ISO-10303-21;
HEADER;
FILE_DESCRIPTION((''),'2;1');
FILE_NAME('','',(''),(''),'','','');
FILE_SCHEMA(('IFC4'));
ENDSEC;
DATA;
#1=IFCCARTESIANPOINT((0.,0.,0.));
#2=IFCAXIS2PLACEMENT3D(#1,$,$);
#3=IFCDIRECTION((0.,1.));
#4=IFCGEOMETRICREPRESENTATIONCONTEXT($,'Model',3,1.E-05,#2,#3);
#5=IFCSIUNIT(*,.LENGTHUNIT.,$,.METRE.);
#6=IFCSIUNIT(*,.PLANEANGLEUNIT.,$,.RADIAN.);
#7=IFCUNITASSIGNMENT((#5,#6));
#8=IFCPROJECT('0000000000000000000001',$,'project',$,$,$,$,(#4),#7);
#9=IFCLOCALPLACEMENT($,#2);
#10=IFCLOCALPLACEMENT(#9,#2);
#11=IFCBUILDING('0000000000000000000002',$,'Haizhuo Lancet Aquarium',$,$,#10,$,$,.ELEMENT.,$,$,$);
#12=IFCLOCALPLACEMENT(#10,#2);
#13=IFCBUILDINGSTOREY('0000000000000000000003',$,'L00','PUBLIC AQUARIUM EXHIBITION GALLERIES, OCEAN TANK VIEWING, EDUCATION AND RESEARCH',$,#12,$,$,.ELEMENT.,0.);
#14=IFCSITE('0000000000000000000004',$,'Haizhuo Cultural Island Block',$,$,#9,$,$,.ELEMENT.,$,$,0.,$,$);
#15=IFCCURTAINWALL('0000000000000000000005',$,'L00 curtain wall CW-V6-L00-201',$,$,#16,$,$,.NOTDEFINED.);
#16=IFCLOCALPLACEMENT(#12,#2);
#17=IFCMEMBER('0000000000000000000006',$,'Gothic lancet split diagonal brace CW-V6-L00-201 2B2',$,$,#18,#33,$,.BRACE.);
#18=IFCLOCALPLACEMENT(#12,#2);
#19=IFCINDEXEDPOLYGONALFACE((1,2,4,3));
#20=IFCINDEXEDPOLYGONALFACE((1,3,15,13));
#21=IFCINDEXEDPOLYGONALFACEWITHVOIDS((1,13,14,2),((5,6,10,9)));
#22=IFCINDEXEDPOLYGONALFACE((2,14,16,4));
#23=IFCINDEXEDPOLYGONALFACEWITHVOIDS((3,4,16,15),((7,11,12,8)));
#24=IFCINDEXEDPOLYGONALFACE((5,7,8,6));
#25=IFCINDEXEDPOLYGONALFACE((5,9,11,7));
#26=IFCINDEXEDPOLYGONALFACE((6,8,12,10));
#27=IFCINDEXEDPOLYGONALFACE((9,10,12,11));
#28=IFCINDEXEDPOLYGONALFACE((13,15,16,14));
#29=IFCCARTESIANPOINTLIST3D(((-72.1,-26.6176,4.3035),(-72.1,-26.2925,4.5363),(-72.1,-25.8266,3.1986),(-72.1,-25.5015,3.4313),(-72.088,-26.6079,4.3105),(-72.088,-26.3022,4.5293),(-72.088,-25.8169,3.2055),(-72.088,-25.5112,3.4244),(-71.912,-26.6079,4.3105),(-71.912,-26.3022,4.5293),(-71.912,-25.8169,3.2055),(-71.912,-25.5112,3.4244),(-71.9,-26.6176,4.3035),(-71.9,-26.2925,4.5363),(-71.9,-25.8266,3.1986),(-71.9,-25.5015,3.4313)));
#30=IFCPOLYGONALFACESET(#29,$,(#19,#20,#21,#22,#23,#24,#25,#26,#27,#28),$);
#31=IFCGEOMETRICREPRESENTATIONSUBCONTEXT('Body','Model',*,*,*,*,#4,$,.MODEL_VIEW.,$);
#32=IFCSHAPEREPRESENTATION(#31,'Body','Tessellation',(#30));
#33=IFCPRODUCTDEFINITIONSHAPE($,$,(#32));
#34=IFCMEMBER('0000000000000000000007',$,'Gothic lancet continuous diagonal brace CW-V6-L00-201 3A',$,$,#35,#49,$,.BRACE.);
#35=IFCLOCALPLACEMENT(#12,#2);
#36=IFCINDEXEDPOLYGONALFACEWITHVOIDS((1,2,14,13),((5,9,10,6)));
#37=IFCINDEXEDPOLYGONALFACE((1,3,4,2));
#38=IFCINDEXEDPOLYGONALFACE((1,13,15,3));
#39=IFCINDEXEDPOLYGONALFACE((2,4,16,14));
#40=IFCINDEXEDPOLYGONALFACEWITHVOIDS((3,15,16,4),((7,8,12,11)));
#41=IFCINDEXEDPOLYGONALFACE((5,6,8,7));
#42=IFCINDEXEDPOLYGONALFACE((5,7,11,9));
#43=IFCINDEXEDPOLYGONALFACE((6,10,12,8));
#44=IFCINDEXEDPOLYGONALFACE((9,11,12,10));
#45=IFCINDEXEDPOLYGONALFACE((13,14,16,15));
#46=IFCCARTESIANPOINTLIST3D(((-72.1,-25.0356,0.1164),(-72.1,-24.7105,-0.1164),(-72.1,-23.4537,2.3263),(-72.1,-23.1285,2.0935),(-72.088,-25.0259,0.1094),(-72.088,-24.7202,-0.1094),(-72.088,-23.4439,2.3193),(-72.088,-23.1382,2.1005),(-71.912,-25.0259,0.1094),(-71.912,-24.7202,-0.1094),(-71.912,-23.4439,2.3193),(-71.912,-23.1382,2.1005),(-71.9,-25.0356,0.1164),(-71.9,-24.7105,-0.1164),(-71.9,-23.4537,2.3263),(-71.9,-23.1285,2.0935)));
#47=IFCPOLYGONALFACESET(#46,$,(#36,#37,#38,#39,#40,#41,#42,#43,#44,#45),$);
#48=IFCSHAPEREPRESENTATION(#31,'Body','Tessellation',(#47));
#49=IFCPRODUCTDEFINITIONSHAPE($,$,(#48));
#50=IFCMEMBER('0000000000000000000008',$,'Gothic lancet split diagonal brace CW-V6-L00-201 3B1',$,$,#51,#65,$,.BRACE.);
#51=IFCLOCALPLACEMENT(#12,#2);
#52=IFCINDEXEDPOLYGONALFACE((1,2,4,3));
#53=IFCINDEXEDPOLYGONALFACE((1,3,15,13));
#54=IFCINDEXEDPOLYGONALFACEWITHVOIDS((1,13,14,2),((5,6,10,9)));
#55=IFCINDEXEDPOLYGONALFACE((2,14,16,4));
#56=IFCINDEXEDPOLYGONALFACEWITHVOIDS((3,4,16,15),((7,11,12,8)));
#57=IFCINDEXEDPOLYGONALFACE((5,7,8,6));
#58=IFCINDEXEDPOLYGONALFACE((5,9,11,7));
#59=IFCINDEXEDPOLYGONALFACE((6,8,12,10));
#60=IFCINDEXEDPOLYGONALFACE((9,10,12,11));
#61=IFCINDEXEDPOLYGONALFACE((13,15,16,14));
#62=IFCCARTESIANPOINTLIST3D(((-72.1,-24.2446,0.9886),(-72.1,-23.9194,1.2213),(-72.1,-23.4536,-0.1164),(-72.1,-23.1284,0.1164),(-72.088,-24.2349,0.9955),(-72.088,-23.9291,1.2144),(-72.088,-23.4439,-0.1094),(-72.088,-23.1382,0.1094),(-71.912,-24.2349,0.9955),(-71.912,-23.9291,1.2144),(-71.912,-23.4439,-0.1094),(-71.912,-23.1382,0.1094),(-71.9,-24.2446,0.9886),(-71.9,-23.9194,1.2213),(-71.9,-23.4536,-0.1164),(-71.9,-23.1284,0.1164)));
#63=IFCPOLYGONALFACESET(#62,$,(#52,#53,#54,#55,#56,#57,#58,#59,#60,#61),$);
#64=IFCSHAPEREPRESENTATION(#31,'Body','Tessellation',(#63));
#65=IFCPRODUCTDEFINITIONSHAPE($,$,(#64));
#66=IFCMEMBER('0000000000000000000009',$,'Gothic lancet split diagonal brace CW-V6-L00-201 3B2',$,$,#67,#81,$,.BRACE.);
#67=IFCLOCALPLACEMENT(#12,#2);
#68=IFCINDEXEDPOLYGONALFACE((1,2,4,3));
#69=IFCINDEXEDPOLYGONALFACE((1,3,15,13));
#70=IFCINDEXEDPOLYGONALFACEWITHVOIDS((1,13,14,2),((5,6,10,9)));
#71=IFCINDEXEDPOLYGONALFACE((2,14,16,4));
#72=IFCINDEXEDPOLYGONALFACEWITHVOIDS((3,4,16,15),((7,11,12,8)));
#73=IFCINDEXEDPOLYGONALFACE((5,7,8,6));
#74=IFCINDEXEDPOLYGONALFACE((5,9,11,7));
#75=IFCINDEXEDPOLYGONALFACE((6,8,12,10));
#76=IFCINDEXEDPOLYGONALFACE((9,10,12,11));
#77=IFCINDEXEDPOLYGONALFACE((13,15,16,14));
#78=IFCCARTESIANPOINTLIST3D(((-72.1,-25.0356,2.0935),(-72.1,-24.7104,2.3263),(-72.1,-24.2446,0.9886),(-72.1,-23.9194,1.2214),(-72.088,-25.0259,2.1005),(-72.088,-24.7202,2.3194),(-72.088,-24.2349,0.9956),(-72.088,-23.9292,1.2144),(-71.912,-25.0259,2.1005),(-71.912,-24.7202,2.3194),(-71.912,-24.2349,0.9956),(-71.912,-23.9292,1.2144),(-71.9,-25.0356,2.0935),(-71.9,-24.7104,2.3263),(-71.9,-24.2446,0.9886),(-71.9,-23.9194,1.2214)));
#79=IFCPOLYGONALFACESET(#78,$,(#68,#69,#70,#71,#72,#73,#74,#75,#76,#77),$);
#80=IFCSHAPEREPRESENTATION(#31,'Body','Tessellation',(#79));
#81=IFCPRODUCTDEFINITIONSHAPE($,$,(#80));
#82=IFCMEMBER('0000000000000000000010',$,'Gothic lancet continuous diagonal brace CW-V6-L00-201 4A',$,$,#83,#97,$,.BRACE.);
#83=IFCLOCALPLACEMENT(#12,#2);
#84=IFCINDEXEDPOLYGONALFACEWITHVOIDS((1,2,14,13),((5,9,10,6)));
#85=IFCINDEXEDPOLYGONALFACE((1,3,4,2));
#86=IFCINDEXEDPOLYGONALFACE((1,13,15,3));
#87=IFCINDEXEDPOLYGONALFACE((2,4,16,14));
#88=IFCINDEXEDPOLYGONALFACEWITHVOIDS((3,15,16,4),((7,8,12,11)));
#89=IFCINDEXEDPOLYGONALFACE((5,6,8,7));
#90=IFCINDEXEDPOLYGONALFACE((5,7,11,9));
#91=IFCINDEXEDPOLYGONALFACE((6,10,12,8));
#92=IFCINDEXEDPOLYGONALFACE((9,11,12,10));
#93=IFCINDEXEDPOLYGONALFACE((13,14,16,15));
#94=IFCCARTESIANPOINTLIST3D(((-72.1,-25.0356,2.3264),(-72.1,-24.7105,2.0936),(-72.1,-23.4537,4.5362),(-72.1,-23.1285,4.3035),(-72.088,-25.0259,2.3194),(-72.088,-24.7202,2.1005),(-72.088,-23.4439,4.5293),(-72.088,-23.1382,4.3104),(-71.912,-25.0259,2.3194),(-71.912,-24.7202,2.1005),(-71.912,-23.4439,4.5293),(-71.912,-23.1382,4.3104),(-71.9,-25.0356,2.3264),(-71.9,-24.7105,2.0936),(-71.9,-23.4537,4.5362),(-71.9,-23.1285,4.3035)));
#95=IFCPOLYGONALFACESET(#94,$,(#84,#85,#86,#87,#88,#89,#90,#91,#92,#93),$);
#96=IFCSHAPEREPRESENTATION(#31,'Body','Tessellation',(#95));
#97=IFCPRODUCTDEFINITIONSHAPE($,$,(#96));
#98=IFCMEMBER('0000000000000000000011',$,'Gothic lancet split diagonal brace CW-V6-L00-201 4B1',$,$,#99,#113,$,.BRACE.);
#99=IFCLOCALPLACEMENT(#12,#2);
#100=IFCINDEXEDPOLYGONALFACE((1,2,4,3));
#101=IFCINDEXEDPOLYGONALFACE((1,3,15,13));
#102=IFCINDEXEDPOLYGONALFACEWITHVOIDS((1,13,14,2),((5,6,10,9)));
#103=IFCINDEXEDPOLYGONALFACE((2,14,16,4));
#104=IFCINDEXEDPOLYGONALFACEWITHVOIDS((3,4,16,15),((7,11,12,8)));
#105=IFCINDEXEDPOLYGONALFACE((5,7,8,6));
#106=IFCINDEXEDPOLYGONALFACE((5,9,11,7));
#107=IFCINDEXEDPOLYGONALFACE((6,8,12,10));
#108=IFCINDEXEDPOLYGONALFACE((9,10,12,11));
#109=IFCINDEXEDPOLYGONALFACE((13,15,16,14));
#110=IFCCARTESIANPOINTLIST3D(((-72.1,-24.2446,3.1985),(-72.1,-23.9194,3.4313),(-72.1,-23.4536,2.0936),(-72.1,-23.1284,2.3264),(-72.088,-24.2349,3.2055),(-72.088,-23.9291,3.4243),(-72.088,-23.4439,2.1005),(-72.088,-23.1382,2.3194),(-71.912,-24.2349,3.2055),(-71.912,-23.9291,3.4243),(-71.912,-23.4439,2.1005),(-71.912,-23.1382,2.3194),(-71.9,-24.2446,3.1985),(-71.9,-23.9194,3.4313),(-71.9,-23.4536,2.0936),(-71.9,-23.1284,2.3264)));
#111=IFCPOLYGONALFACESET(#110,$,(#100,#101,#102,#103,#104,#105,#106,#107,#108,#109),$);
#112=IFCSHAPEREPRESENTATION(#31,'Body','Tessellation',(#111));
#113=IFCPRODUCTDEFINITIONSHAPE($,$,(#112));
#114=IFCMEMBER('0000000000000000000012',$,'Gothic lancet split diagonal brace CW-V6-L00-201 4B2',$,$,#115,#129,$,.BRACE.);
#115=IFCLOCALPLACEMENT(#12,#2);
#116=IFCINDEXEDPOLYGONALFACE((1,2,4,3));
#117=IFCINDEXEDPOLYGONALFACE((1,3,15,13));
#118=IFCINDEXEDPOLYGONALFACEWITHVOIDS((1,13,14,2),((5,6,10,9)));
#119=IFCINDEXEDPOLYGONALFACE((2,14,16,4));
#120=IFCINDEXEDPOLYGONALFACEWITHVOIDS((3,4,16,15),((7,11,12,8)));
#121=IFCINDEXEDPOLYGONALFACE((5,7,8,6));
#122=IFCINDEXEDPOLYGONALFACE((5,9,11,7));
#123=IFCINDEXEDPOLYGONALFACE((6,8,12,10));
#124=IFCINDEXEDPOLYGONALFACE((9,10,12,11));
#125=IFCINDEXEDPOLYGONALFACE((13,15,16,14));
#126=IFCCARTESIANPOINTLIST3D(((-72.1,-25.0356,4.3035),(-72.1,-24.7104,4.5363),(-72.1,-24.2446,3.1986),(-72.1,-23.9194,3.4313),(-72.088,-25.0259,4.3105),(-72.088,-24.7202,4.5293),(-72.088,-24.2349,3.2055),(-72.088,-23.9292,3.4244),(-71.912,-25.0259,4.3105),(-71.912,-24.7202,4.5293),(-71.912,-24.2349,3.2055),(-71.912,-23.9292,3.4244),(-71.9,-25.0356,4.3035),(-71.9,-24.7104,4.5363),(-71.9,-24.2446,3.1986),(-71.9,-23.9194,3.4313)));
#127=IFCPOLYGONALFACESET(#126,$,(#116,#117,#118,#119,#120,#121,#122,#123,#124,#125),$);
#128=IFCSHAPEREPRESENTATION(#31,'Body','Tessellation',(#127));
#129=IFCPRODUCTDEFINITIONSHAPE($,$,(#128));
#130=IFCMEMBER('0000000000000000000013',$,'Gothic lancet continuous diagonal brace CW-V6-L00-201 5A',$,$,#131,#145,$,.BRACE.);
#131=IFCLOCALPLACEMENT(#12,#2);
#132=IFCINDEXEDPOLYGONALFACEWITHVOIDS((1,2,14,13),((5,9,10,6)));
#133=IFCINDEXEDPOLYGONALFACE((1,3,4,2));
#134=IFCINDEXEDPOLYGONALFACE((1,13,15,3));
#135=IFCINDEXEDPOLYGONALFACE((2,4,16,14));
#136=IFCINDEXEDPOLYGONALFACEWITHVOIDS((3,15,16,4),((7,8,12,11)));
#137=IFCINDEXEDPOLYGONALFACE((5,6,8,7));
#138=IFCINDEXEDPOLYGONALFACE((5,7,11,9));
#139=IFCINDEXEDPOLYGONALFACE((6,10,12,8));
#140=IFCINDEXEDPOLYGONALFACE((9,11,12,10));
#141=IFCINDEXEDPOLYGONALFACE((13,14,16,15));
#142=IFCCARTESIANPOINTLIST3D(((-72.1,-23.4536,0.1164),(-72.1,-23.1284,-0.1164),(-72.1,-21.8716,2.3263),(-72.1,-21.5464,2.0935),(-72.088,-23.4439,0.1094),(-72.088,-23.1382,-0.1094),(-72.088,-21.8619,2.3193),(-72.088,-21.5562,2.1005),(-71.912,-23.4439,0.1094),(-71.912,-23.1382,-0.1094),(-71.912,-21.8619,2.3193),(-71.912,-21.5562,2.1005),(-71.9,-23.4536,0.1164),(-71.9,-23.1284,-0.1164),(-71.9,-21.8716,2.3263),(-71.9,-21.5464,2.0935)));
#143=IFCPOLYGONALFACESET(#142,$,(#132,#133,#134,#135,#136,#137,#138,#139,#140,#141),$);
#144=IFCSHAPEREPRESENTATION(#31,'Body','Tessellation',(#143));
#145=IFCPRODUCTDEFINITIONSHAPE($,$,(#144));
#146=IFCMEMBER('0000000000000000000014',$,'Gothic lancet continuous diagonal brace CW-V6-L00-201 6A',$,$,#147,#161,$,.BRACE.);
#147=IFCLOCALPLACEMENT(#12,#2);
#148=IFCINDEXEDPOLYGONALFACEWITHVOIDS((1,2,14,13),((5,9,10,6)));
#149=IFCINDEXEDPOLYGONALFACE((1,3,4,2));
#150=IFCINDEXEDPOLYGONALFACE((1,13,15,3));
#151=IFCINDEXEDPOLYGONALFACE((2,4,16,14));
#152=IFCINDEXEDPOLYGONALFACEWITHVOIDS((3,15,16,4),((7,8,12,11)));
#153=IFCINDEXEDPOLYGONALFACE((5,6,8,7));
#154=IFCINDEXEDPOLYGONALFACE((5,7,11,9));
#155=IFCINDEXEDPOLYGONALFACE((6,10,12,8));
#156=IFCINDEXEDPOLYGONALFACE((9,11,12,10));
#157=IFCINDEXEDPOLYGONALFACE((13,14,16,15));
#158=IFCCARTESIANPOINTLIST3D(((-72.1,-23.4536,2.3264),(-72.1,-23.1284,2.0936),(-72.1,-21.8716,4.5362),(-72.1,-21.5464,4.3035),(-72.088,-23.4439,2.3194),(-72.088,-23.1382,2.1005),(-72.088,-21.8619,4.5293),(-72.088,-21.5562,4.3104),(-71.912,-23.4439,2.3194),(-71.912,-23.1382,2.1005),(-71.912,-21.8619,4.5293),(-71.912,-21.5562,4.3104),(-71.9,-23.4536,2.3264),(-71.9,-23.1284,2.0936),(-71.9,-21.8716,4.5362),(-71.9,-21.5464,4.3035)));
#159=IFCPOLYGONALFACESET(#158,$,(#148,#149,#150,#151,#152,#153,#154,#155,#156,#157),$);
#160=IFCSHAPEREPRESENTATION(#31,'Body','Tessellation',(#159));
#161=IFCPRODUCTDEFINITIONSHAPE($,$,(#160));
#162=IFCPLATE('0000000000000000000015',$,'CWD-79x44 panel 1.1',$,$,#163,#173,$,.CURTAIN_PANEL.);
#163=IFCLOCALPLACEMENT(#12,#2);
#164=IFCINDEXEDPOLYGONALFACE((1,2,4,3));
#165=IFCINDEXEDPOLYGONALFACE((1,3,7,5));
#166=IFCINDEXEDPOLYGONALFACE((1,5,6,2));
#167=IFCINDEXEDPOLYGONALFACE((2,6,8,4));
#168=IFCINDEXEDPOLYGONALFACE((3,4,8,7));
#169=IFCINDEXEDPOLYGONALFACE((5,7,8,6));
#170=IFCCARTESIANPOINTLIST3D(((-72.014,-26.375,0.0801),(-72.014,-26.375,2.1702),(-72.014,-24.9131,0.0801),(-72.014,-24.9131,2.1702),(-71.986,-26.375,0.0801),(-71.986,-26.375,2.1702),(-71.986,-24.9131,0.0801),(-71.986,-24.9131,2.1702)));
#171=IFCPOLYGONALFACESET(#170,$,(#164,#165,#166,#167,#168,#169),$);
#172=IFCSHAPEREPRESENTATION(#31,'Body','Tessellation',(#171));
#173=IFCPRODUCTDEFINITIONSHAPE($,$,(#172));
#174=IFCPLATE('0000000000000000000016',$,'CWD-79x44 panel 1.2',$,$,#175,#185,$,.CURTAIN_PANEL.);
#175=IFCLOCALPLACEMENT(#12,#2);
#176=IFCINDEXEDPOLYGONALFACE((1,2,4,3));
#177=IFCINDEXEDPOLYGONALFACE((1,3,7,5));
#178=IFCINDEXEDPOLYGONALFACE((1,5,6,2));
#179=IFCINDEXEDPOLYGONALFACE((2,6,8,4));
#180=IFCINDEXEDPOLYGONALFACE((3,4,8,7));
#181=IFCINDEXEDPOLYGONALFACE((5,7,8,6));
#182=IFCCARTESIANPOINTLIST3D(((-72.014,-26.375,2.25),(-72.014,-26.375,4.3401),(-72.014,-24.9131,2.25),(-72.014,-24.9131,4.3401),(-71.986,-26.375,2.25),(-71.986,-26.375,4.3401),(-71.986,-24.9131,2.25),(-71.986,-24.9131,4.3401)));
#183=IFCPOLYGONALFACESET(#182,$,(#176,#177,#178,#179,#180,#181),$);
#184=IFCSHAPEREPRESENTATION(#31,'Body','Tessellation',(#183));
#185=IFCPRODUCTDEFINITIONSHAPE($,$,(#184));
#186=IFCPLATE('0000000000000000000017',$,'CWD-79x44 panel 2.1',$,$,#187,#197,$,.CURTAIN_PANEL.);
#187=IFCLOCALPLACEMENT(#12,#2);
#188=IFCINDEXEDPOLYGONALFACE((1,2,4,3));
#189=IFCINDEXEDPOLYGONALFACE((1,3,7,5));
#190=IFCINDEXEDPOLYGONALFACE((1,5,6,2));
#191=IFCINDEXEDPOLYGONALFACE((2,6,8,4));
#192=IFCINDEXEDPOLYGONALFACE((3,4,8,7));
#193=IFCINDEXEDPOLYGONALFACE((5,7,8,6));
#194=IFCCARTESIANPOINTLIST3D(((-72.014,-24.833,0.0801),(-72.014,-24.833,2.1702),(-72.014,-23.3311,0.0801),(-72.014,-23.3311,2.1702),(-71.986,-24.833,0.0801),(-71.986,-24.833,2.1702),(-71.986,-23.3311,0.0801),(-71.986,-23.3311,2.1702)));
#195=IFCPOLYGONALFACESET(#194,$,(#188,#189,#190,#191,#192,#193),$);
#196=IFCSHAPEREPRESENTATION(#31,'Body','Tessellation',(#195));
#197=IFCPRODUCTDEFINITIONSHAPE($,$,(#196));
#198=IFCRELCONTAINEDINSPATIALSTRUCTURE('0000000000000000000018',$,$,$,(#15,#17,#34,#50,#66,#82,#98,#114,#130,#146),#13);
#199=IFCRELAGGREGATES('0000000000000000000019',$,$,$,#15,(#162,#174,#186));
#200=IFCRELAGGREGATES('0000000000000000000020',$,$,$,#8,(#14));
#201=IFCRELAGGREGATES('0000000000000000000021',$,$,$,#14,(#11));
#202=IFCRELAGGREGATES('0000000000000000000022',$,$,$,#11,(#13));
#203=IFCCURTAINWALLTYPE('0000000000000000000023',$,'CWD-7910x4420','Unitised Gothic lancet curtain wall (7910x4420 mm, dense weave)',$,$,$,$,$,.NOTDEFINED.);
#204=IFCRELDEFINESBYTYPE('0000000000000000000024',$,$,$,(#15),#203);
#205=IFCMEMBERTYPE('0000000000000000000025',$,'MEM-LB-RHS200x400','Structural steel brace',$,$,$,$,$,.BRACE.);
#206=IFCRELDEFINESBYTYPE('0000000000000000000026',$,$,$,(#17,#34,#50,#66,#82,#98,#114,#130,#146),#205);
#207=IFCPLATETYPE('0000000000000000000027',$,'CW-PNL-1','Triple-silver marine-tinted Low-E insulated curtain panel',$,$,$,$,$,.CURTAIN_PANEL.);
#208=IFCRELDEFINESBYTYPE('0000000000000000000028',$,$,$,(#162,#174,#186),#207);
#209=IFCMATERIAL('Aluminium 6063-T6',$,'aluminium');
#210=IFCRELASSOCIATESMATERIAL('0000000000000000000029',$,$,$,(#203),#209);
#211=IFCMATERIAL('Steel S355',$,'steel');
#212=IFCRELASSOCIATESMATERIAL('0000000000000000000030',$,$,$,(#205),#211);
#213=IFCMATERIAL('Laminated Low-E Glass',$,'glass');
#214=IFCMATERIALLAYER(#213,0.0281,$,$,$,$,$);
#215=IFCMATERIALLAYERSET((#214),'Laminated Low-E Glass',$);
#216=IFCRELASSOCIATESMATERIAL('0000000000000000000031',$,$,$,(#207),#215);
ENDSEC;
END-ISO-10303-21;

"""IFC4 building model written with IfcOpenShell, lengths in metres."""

from ifc_helpers import new_model, si_unit, direction, frame, origin, origin_2d, place, context, subcontext, project, spatial, rectangle, hollow_rectangle, extrude, material, layer, layer_set, material_profile, profile_set, type_object, element, aggregate, save


model = new_model("IFC4")

# Units and contexts
model_context = context("Model", 3, precision=1e-05, world=origin(), true_north=direction((0.0, 1.0)))
body_context = subcontext(model_context, "Body", "Model", "MODEL_VIEW")
ifc_project = project(units=[si_unit("LENGTHUNIT", "METRE"), si_unit("PLANEANGLEUNIT", "RADIAN")], contexts=[model_context])

# Site, building, storey
site_placement = place(None, origin())
site = spatial("IfcSite", under=ifc_project, at=site_placement, Name="Haizhuo Cultural Island Block", CompositionType="ELEMENT", RefElevation=0.0)
building_placement = place(site_placement, origin())
building = spatial("IfcBuilding", under=site, at=building_placement, Name="Haizhuo Lancet Aquarium", CompositionType="ELEMENT")
storey_placement = place(building_placement, origin())
storey = spatial("IfcBuildingStorey", under=building, at=storey_placement, Name="L00", Description="PUBLIC AQUARIUM EXHIBITION GALLERIES, OCEAN TANK VIEWING, EDUCATION AND RESEARCH", CompositionType="ELEMENT", Elevation=0.0)

# Shared definitions
ifc_material_1 = material(Name="Steel S355", Category="steel")

# Curtain wall
ifc_material_2 = material(Name="Aluminium 6063-T6", Category="aluminium")
curtain_wall_type = type_object("IfcCurtainWallType", Name="CWD-7910x4420", Description="Unitised Gothic lancet curtain wall (7910x4420 mm, dense weave)", PredefinedType="NOTDEFINED", material=ifc_material_2)
curtain_wall_placement = place(storey_placement, origin())
curtain_wall = element("IfcCurtainWall", 1, at=curtain_wall_placement, inside=storey, type_object=curtain_wall_type, Name="L00 curtain wall CW-V6-L00-201", PredefinedType="NOTDEFINED")

# Members
ifc_material_profile_1 = material_profile(ifc_material_1, hollow_rectangle(XDim=0.2, YDim=0.3999, WallThickness=0.012, at=origin_2d()), Name="RHS 200x400x12")
ifc_profile_set_1 = profile_set([ifc_material_profile_1], Name="Steel S355")
member_type_1 = type_object("IfcMemberType", Name="MEM-LB-RHS200x400", Description="Structural steel brace", PredefinedType="BRACE", material=ifc_profile_set_1)
for number, where, z_axis, x_axis, name in (
    (2, (-72.0, -25.6641, 3.3149), (0.0, -0.582088, 0.813126), (1.0, 0.0, 0.0), "Gothic lancet split diagonal brace CW-V6-L00-201 2B2"),
):
    element("IfcMember", number, at=place(storey_placement, frame(where, z_axis=z_axis, x_axis=x_axis)), inside=storey, type_object=member_type_1, Name=name, PredefinedType="BRACE", context=body_context, shape_type="SweptSolid", body=[
        extrude(hollow_rectangle(XDim=0.2, YDim=0.3999, WallThickness=0.012, at=origin_2d()), origin(), (0.0, 0.0, 1.0), 1.3589),
    ])
member_1_placement = place(storey_placement, frame((-72.0, -24.873, 0.0), z_axis=(0.0, 0.582088, 0.813126), x_axis=(-1.0, 0.0, 0.0)))
element("IfcMember", 3, at=member_1_placement, inside=storey, type_object=member_type_1, Name="Gothic lancet continuous diagonal brace CW-V6-L00-201 3A", PredefinedType="BRACE", context=body_context, shape_type="SweptSolid", body=[
    extrude(hollow_rectangle(XDim=0.2, YDim=0.3999, WallThickness=0.012, at=origin_2d()), origin(), (0.0, 0.0, 1.0), 2.7178),
])
for number, where, z_axis, x_axis, name in (
    (4, (-72.0, -23.291, 0.0), (0.0, -0.582088, 0.813126), (1.0, 0.0, 0.0), "Gothic lancet split diagonal brace CW-V6-L00-201 3B1"),
    (5, (-72.0, -24.082, 1.105), (0.0, -0.582088, 0.813126), (1.0, 0.0, 0.0), "Gothic lancet split diagonal brace CW-V6-L00-201 3B2"),
):
    element("IfcMember", number, at=place(storey_placement, frame(where, z_axis=z_axis, x_axis=x_axis)), inside=storey, type_object=member_type_1, Name=name, PredefinedType="BRACE", context=body_context, shape_type="SweptSolid", body=[
        extrude(hollow_rectangle(XDim=0.2, YDim=0.3999, WallThickness=0.012, at=origin_2d()), origin(), (0.0, 0.0, 1.0), 1.3589),
    ])
member_2_placement = place(storey_placement, frame((-72.0, -24.873, 2.21), z_axis=(0.0, 0.582088, 0.813126), x_axis=(-1.0, 0.0, 0.0)))
element("IfcMember", 6, at=member_2_placement, inside=storey, type_object=member_type_1, Name="Gothic lancet continuous diagonal brace CW-V6-L00-201 4A", PredefinedType="BRACE", context=body_context, shape_type="SweptSolid", body=[
    extrude(hollow_rectangle(XDim=0.2, YDim=0.3999, WallThickness=0.012, at=origin_2d()), origin(), (0.0, 0.0, 1.0), 2.7178),
])
for number, where, z_axis, x_axis, name in (
    (7, (-72.0, -23.291, 2.21), (0.0, -0.582088, 0.813126), (1.0, 0.0, 0.0), "Gothic lancet split diagonal brace CW-V6-L00-201 4B1"),
    (8, (-72.0, -24.082, 3.3149), (0.0, -0.582088, 0.813126), (1.0, 0.0, 0.0), "Gothic lancet split diagonal brace CW-V6-L00-201 4B2"),
):
    element("IfcMember", number, at=place(storey_placement, frame(where, z_axis=z_axis, x_axis=x_axis)), inside=storey, type_object=member_type_1, Name=name, PredefinedType="BRACE", context=body_context, shape_type="SweptSolid", body=[
        extrude(hollow_rectangle(XDim=0.2, YDim=0.3999, WallThickness=0.012, at=origin_2d()), origin(), (0.0, 0.0, 1.0), 1.3589),
    ])
for number, where, z_axis, x_axis, name in (
    (9, (-72.0, -23.291, 0.0), (0.0, 0.582088, 0.813126), (-1.0, 0.0, 0.0), "Gothic lancet continuous diagonal brace CW-V6-L00-201 5A"),
    (10, (-72.0, -23.291, 2.21), (0.0, 0.582088, 0.813126), (-1.0, 0.0, 0.0), "Gothic lancet continuous diagonal brace CW-V6-L00-201 6A"),
):
    element("IfcMember", number, at=place(storey_placement, frame(where, z_axis=z_axis, x_axis=x_axis)), inside=storey, type_object=member_type_1, Name=name, PredefinedType="BRACE", context=body_context, shape_type="SweptSolid", body=[
        extrude(hollow_rectangle(XDim=0.2, YDim=0.3999, WallThickness=0.012, at=origin_2d()), origin(), (0.0, 0.0, 1.0), 2.7178),
    ])

# Plates
ifc_material_3 = material(Name="Laminated Low-E Glass", Category="glass")
ifc_layer = layer(ifc_material_3, 0.0281)
ifc_layer_set = layer_set([ifc_layer], Name="Laminated Low-E Glass")
plate_type = type_object("IfcPlateType", Name="CW-PNL-1", Description="Triple-silver marine-tinted Low-E insulated curtain panel", PredefinedType="CURTAIN_PANEL", material=ifc_layer_set)
plate_1_placement = place(storey_placement, frame((-72.0, -25.644, 0.0801), z_axis=(0.0, 0.0, 1.0), x_axis=(0.0, 1.0, 0.0)))
plate_1 = element("IfcPlate", 11, at=plate_1_placement, type_object=plate_type, Name="CWD-79x44 panel 1.1", PredefinedType="CURTAIN_PANEL", context=body_context, shape_type="SweptSolid", body=[
    extrude(rectangle(XDim=1.4619, YDim=0.0281, at=origin_2d()), origin(), (0.0, 0.0, 1.0), 2.0901),
])
plate_2_placement = place(storey_placement, frame((-72.0, -25.644, 2.25), z_axis=(0.0, 0.0, 1.0), x_axis=(0.0, 1.0, 0.0)))
plate_2 = element("IfcPlate", 12, at=plate_2_placement, type_object=plate_type, Name="CWD-79x44 panel 1.2", PredefinedType="CURTAIN_PANEL", context=body_context, shape_type="SweptSolid", body=[
    extrude(rectangle(XDim=1.4619, YDim=0.0281, at=origin_2d()), origin(), (0.0, 0.0, 1.0), 2.0901),
])
plate_3_placement = place(storey_placement, frame((-72.0, -24.082, 0.0801), z_axis=(0.0, 0.0, 1.0), x_axis=(0.0, 1.0, 0.0)))
plate_3 = element("IfcPlate", 13, at=plate_3_placement, type_object=plate_type, Name="CWD-79x44 panel 2.1", PredefinedType="CURTAIN_PANEL", context=body_context, shape_type="SweptSolid", body=[
    extrude(rectangle(XDim=1.502, YDim=0.0281, at=origin_2d()), origin(), (0.0, 0.0, 1.0), 2.0901),
])
aggregate(curtain_wall, [plate_1, plate_2, plate_3])

save(model, "model.ifc")
